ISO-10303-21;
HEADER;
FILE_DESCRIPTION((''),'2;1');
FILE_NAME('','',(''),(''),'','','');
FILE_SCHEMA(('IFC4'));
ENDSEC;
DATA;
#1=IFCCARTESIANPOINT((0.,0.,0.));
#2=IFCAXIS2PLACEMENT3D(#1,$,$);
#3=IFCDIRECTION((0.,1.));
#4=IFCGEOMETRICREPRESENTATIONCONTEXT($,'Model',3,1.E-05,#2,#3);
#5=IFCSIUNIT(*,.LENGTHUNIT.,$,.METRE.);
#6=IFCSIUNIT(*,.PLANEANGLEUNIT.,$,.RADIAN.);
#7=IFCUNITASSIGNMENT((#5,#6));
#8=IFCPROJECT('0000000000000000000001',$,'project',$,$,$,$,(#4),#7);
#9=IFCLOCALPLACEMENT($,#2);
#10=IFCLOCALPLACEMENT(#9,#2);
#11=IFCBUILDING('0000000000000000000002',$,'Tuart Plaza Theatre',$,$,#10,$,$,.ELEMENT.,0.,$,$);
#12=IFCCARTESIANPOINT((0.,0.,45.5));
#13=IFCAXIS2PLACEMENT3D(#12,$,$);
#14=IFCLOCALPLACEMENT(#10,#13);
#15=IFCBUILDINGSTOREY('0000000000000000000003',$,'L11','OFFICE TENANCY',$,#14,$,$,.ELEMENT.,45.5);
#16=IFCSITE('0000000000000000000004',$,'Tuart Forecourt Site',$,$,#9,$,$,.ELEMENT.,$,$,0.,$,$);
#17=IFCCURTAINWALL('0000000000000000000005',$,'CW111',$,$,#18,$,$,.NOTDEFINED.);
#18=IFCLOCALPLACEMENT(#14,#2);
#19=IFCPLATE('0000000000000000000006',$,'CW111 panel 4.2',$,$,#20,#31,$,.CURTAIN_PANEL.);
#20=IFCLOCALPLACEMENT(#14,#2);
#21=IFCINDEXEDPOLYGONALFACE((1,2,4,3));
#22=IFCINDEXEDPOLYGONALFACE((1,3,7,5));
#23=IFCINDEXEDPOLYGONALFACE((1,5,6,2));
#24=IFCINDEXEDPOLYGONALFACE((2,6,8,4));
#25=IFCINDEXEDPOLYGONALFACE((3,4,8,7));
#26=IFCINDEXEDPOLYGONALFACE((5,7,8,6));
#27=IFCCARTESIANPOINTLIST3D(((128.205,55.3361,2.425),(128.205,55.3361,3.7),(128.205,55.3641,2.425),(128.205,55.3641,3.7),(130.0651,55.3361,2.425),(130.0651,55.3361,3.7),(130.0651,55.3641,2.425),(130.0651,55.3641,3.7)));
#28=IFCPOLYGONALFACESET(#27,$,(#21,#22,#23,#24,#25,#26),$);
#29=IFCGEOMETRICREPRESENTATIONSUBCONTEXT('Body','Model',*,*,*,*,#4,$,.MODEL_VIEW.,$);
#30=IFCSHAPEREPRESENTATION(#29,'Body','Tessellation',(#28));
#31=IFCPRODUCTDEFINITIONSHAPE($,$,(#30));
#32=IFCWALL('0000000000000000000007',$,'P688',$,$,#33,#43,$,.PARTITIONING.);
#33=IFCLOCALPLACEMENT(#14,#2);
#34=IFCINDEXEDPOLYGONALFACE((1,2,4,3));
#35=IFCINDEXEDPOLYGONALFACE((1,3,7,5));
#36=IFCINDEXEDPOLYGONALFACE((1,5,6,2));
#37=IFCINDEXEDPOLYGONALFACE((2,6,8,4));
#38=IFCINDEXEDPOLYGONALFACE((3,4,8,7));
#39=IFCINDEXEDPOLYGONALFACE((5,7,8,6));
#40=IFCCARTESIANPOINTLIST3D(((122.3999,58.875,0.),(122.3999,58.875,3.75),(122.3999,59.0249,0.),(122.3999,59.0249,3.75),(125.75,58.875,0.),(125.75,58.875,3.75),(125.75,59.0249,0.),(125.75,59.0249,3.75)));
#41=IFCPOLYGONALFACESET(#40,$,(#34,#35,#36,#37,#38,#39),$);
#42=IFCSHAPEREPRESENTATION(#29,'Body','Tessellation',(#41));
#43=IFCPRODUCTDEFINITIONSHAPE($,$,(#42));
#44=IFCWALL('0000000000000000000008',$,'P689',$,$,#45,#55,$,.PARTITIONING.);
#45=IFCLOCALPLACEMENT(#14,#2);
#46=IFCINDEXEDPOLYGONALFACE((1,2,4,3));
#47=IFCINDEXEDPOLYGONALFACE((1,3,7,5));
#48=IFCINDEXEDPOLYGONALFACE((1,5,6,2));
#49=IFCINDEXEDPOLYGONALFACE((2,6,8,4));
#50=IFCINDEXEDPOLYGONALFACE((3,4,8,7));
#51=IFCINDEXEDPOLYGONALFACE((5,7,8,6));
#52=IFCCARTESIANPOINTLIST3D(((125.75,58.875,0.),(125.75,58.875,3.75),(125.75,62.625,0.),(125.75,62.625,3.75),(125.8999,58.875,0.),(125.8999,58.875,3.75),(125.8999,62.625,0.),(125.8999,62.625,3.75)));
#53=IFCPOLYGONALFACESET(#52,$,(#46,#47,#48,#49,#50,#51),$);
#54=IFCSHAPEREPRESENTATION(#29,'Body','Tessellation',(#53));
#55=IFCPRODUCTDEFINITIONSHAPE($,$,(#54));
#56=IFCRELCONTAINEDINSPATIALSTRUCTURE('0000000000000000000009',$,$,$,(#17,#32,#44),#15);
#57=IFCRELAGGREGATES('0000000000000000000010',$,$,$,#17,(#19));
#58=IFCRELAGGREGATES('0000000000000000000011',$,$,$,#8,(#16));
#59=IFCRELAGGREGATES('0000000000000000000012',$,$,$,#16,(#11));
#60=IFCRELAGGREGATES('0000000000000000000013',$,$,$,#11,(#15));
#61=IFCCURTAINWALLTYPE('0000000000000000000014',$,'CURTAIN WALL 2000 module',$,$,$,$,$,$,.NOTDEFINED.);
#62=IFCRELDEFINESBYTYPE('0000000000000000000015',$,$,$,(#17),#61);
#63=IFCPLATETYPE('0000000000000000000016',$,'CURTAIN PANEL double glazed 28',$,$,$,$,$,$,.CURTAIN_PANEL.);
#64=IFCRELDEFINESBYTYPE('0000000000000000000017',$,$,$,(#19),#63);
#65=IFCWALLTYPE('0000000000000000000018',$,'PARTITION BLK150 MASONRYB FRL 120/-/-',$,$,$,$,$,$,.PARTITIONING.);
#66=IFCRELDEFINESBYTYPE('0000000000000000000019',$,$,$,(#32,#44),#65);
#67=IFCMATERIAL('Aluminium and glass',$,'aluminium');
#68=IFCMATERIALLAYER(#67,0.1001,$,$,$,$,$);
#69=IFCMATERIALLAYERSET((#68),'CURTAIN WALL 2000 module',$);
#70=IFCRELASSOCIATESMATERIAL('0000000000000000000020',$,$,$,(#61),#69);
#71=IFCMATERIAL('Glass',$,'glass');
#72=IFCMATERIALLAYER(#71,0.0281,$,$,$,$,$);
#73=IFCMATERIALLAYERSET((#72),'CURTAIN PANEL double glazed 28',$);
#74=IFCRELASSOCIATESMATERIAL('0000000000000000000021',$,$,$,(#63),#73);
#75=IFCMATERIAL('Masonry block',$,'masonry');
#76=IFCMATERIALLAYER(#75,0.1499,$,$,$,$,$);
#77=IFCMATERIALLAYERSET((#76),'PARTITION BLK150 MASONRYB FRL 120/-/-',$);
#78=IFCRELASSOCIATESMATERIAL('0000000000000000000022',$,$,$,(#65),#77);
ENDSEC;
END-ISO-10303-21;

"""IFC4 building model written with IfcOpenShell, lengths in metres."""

from ifc_helpers import new_model, si_unit, direction, frame, frame_2d, origin, origin_2d, place, context, subcontext, project, spatial, rectangle, extrude, material, layer, layer_set, type_object, element, aggregate, save


model = new_model("IFC4")

# Units and contexts
model_context = context("Model", 3, precision=1e-05, world=origin(), true_north=direction((0.0, 1.0)))
body_context = subcontext(model_context, "Body", "Model", "MODEL_VIEW")
ifc_project = project(units=[si_unit("LENGTHUNIT", "METRE"), si_unit("PLANEANGLEUNIT", "RADIAN")], contexts=[model_context])

# Site, building, storey
site_placement = place(None, origin())
site = spatial("IfcSite", under=ifc_project, at=site_placement, Name="Tuart Forecourt Site", CompositionType="ELEMENT", RefElevation=0.0)
building_placement = place(site_placement, origin())
building = spatial("IfcBuilding", under=site, at=building_placement, Name="Tuart Plaza Theatre", CompositionType="ELEMENT", ElevationOfRefHeight=0.0)
storey_placement = place(building_placement, frame((0.0, 0.0, 45.5)))
storey = spatial("IfcBuildingStorey", under=building, at=storey_placement, Name="L11", Description="OFFICE TENANCY", CompositionType="ELEMENT", Elevation=45.5)

# Curtain wall
ifc_material_1 = material(Name="Aluminium and glass", Category="aluminium")
ifc_layer_1 = layer(ifc_material_1, 0.1001)
ifc_layer_set_1 = layer_set([ifc_layer_1], Name="CURTAIN WALL 2000 module")
curtain_wall_type = type_object("IfcCurtainWallType", Name="CURTAIN WALL 2000 module", PredefinedType="NOTDEFINED", material=ifc_layer_set_1)
curtain_wall_1_placement = place(storey_placement, origin())
curtain_wall_1 = element("IfcCurtainWall", 1, at=curtain_wall_1_placement, inside=storey, type_object=curtain_wall_type, Name="CW111", PredefinedType="NOTDEFINED")

# Plate
ifc_material_2 = material(Name="Glass", Category="glass")
ifc_layer_2 = layer(ifc_material_2, 0.0281)
ifc_layer_set_2 = layer_set([ifc_layer_2], Name="CURTAIN PANEL double glazed 28")
plate_type = type_object("IfcPlateType", Name="CURTAIN PANEL double glazed 28", PredefinedType="CURTAIN_PANEL", material=ifc_layer_set_2)
plate_1_placement = place(storey_placement, frame((129.135, 55.3501, 2.425), z_axis=(0.0, 0.0, 1.0), x_axis=(1.0, 0.0, 0.0)))
plate_1 = element("IfcPlate", 2, at=plate_1_placement, type_object=plate_type, Name="CW111 panel 4.2", PredefinedType="CURTAIN_PANEL", context=body_context, shape_type="SweptSolid", body=[
    extrude(rectangle(XDim=1.8601, YDim=0.0281, at=origin_2d()), origin(), (0.0, 0.0, 1.0), 1.2749),
])
aggregate(curtain_wall_1, [plate_1])

# Walls
ifc_material_3 = material(Name="Masonry block", Category="masonry")
ifc_layer_3 = layer(ifc_material_3, 0.1499)
ifc_layer_set_3 = layer_set([ifc_layer_3], Name="PARTITION BLK150 MASONRYB FRL 120/-/-")
wall_type = type_object("IfcWallType", Name="PARTITION BLK150 MASONRYB FRL 120/-/-", PredefinedType="PARTITIONING", material=ifc_layer_set_3)
wall_1_placement = place(storey_placement, frame((122.3999, 58.95, 0.0), z_axis=(0.0, 0.0, 1.0), x_axis=(1.0, 0.0, 0.0)))
element("IfcWall", 3, at=wall_1_placement, inside=storey, type_object=wall_type, Name="P688", PredefinedType="PARTITIONING", context=body_context, shape_type="SweptSolid", body=[
    extrude(rectangle(XDim=3.3501, YDim=0.1499, at=frame_2d((1.675, 0.0))), origin(), (0.0, 0.0, 1.0), 3.75),
])
wall_2_placement = place(storey_placement, frame((125.825, 62.625, 0.0), z_axis=(0.0, 0.0, 1.0), x_axis=(0.0, -1.0, 0.0)))
element("IfcWall", 4, at=wall_2_placement, inside=storey, type_object=wall_type, Name="P689", PredefinedType="PARTITIONING", context=body_context, shape_type="SweptSolid", body=[
    extrude(rectangle(XDim=3.75, YDim=0.1499, at=frame_2d((1.875, 0.0))), origin(), (0.0, 0.0, 1.0), 3.75),
])

save(model, "model.ifc")
